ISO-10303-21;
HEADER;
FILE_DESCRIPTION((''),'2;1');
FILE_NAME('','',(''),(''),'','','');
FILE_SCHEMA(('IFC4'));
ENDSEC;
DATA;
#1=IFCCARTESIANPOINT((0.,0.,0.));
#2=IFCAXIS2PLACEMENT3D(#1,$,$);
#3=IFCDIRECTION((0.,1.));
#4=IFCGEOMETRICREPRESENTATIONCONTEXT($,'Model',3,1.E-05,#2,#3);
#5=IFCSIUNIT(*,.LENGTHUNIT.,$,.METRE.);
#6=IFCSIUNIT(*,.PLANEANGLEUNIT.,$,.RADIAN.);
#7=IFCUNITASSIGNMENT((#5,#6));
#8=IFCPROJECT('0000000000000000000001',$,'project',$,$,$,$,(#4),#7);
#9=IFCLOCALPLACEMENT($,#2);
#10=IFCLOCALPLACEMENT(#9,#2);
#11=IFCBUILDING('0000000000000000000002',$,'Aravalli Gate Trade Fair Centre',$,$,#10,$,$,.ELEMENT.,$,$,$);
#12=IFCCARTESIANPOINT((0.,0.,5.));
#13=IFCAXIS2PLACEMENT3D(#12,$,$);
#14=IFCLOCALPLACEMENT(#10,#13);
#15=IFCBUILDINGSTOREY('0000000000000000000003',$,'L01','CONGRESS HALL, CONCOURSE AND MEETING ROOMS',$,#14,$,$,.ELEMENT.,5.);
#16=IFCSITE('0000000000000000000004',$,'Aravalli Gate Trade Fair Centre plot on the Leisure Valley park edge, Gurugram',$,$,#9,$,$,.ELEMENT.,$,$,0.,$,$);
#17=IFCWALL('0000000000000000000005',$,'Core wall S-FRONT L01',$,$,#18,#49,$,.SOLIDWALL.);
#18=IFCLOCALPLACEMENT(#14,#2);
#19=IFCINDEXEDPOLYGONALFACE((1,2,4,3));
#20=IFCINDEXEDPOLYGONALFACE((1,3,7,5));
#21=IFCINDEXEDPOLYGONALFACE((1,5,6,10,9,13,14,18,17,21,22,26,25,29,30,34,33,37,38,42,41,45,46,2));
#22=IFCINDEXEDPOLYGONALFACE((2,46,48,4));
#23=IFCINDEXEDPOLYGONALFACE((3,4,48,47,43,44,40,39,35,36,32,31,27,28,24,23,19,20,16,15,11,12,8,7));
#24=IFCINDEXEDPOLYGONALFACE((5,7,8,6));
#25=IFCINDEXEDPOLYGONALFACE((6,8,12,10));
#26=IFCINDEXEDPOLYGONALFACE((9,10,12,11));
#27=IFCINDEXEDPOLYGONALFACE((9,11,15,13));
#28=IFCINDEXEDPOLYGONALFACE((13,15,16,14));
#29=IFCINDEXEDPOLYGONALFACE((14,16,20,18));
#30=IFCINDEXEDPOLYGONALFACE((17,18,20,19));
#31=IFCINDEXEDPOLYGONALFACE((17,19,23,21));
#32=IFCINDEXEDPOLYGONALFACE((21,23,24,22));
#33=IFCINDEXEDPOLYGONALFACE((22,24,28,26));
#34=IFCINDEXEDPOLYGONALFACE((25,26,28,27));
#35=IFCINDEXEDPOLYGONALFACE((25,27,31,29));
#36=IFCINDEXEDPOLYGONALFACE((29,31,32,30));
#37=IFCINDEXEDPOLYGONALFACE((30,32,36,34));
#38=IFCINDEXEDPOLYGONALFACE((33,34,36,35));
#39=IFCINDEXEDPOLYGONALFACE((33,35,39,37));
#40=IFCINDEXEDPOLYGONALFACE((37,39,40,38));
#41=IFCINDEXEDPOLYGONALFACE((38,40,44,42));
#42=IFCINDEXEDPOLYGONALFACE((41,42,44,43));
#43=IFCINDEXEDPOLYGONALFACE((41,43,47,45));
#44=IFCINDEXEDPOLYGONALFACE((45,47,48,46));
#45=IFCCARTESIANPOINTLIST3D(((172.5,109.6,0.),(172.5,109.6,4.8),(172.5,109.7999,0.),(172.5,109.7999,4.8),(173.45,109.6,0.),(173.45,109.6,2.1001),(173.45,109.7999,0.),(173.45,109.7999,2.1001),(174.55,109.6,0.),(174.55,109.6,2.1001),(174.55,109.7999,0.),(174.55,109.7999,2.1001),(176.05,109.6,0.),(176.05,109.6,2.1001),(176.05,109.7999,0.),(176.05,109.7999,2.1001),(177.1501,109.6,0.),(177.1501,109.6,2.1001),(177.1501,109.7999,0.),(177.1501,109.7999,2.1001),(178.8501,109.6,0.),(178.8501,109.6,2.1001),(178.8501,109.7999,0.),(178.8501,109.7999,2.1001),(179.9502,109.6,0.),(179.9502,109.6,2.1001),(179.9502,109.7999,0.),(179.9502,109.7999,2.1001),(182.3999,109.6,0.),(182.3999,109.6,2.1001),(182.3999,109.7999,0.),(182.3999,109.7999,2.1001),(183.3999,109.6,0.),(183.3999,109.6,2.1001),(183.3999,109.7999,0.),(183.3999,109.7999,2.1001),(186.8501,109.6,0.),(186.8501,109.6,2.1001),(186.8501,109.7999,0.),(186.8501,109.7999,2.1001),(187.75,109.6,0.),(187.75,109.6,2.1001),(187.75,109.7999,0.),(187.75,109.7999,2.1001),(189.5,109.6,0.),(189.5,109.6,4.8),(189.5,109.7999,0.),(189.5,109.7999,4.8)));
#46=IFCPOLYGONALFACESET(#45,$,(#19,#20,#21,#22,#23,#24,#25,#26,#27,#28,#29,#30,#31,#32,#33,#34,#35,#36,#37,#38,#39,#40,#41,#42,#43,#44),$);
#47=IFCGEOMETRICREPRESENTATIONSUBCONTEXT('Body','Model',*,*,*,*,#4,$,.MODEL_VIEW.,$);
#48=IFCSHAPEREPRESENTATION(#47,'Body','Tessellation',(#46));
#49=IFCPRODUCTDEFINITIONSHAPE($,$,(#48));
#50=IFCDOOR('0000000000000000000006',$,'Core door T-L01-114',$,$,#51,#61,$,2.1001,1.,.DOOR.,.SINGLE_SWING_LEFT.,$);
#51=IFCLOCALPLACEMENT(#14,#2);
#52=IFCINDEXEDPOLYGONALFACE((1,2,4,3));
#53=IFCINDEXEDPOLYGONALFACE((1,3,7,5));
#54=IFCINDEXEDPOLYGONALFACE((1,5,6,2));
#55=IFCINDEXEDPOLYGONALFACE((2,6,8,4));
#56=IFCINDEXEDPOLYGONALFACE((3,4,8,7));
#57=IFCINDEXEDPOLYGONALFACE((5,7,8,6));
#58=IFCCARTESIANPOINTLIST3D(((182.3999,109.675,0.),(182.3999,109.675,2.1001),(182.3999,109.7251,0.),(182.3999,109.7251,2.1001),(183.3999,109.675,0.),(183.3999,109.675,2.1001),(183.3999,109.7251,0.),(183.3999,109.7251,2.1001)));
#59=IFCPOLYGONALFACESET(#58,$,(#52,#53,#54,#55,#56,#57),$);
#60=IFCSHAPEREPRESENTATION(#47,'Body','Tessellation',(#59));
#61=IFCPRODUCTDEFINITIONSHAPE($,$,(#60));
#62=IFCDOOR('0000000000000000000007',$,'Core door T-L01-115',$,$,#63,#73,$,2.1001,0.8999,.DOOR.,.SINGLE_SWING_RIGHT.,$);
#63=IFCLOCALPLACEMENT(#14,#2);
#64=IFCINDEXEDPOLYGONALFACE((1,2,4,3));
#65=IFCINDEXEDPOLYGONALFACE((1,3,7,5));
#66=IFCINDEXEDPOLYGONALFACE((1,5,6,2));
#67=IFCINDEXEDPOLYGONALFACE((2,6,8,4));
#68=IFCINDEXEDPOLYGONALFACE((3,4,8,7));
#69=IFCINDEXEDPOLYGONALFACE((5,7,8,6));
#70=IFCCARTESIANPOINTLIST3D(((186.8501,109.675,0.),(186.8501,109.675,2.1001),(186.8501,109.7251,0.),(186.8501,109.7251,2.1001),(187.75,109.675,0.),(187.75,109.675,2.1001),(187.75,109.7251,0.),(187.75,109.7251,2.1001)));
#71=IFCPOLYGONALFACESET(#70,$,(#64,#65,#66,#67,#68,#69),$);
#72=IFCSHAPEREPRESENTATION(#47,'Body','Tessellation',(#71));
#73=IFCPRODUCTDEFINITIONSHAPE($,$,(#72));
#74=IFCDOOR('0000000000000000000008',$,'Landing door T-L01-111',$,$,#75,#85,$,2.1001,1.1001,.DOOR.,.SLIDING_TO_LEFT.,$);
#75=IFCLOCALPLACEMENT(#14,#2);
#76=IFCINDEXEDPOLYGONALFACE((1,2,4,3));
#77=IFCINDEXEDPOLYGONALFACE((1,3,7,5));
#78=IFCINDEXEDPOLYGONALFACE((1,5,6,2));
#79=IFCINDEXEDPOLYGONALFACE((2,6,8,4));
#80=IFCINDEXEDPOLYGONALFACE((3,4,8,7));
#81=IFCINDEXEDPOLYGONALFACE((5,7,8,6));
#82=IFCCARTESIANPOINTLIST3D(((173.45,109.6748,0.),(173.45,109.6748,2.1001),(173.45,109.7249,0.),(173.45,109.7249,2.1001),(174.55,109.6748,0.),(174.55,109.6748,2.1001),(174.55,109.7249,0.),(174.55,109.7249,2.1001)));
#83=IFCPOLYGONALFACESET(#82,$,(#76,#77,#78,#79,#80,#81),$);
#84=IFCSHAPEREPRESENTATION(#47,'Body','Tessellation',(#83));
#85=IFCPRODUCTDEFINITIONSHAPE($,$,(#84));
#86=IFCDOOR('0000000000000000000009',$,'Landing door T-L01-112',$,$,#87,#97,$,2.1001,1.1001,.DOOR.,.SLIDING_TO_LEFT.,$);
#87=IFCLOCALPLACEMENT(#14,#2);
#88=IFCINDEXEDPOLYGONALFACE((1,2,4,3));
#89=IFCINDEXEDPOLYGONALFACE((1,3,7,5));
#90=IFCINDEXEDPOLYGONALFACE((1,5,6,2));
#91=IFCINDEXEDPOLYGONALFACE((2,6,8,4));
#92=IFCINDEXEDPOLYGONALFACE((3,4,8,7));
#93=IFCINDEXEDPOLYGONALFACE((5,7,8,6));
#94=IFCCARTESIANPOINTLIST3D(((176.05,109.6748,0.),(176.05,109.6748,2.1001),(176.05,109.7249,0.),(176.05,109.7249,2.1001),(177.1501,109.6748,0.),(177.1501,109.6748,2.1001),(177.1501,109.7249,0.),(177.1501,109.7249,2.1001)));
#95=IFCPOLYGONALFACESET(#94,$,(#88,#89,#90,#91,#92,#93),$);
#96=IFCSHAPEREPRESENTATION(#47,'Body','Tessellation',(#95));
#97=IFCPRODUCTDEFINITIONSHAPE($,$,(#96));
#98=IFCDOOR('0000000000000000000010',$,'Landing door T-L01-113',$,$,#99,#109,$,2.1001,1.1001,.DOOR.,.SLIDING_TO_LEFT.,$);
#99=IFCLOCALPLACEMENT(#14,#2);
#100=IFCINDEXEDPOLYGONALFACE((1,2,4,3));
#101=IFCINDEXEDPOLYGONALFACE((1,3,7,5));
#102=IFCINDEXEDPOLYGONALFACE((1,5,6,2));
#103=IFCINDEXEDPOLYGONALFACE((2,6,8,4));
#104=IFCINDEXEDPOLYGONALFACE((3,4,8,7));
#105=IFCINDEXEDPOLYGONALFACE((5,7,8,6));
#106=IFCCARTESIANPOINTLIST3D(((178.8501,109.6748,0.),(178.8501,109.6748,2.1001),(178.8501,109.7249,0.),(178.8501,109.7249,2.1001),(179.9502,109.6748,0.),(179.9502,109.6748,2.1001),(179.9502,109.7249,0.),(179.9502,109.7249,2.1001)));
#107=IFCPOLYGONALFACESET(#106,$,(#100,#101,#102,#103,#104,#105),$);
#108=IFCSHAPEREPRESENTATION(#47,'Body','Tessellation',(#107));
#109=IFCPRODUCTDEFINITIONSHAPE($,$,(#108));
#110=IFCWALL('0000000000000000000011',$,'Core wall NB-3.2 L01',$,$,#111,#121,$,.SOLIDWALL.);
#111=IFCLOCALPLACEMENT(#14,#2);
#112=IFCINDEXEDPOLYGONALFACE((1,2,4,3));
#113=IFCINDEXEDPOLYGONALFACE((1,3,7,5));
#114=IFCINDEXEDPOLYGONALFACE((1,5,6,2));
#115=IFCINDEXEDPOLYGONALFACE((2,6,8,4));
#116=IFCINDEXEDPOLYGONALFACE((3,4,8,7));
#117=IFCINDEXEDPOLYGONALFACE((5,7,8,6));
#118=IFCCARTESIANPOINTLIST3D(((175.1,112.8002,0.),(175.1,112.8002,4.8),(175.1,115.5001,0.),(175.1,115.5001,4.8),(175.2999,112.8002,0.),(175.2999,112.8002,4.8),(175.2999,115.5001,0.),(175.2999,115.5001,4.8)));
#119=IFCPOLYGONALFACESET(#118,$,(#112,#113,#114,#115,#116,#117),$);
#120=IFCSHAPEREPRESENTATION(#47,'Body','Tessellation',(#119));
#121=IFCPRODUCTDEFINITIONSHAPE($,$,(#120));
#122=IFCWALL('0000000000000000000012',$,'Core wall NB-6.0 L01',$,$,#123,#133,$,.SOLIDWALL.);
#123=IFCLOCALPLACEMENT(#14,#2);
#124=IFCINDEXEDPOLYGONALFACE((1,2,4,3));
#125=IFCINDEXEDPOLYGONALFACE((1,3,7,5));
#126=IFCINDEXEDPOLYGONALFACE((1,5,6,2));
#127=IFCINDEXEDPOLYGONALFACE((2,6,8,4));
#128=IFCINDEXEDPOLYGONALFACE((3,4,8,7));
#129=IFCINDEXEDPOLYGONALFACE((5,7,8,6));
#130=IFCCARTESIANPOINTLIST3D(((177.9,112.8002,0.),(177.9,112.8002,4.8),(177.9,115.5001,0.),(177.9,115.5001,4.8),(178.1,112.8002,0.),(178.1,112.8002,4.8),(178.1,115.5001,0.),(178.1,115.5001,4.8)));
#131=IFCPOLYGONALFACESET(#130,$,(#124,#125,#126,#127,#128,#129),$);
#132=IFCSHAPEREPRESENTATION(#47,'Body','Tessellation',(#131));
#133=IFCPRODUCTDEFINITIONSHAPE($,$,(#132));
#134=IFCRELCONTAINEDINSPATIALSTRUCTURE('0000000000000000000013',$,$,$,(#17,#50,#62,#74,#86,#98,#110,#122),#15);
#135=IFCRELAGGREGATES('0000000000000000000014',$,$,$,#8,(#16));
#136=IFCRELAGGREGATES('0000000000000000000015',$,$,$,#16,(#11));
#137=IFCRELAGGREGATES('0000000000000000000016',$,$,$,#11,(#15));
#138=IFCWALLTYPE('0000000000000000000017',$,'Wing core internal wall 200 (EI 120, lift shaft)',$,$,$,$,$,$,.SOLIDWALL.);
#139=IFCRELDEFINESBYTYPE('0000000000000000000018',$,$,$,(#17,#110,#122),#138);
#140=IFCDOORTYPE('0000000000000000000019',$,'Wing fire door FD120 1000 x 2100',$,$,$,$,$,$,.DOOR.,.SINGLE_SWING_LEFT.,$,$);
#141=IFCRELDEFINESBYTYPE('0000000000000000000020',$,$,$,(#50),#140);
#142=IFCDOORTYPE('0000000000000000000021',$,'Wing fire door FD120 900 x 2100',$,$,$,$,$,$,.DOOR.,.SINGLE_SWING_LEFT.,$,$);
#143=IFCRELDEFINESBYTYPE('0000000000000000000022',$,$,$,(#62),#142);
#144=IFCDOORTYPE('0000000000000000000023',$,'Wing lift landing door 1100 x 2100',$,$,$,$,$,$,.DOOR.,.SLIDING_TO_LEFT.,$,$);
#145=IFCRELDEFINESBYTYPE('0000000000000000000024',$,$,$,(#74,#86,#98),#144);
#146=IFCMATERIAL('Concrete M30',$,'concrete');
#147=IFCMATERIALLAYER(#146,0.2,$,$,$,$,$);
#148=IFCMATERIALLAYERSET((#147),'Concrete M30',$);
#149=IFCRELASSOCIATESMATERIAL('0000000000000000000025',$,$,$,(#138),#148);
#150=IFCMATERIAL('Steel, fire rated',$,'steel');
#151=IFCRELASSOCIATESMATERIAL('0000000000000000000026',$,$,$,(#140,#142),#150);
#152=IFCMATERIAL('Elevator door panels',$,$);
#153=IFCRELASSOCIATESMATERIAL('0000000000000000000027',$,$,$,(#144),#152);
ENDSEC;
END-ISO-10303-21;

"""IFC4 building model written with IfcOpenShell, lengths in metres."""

from ifc_helpers import new_model, si_unit, direction, frame, frame_2d, origin, place, context, subcontext, project, spatial, rectangle, extrude, material, layer, layer_set, type_object, element, fill, save


model = new_model("IFC4")

# Units and contexts
model_context = context("Model", 3, precision=1e-05, world=origin(), true_north=direction((0.0, 1.0)))
body_context = subcontext(model_context, "Body", "Model", "MODEL_VIEW")
ifc_project = project(units=[si_unit("LENGTHUNIT", "METRE"), si_unit("PLANEANGLEUNIT", "RADIAN")], contexts=[model_context])

# Site, building, storey
site_placement = place(None, origin())
site = spatial("IfcSite", under=ifc_project, at=site_placement, Name="Aravalli Gate Trade Fair Centre plot on the Leisure Valley park edge, Gurugram", CompositionType="ELEMENT", RefElevation=0.0)
building_placement = place(site_placement, origin())
building = spatial("IfcBuilding", under=site, at=building_placement, Name="Aravalli Gate Trade Fair Centre", CompositionType="ELEMENT")
storey_placement = place(building_placement, frame((0.0, 0.0, 5.0)))
storey = spatial("IfcBuildingStorey", under=building, at=storey_placement, Name="L01", Description="CONGRESS HALL, CONCOURSE AND MEETING ROOMS", CompositionType="ELEMENT", Elevation=5.0)

# Shared definitions
ifc_material_1 = material(Name="Concrete M30", Category="concrete")

# Shared definitions
ifc_material_2 = material(Name="Steel, fire rated", Category="steel")

# Wall, openings, doors
ifc_layer_1 = layer(ifc_material_1, 0.2)
ifc_layer_set_1 = layer_set([ifc_layer_1], Name="Concrete M30")
wall_type_1 = type_object("IfcWallType", Name="Wing core internal wall 200 (EI 120, lift shaft)", PredefinedType="SOLIDWALL", material=ifc_layer_set_1)
wall_1_placement = place(storey_placement, frame((172.5, 109.7, 0.0), z_axis=(0.0, 0.0, 1.0), x_axis=(1.0, 0.0, 0.0)))
wall_1 = element("IfcWall", 1, at=wall_1_placement, inside=storey, type_object=wall_type_1, Name="Core wall S-FRONT L01", PredefinedType="SOLIDWALL", context=body_context, shape_type="SweptSolid", body=[
    extrude(rectangle(XDim=17.0, YDim=0.2, at=frame_2d((8.5, 0.0))), origin(), (0.0, 0.0, 1.0), 4.8),
])
opening_1_placement = place(wall_1_placement, frame((0.95, 0.0, 0.0)))
opening_1 = element("IfcOpeningElement", 2, at=opening_1_placement, cuts=wall_1, PredefinedType="OPENING", context=body_context, shape_type="SweptSolid", body=[
    extrude(rectangle(XDim=1.1001, YDim=2.1001, at=frame_2d((0.55, 1.05))), frame((0.0, 0.1099, 0.0), z_axis=(0.0, -1.0, 0.0), x_axis=(1.0, 0.0, 0.0)), (0.0, 0.0, 1.0), 0.22),
])
opening_2_placement = place(wall_1_placement, frame((3.55, 0.0, 0.0)))
opening_2 = element("IfcOpeningElement", 3, at=opening_2_placement, cuts=wall_1, PredefinedType="OPENING", context=body_context, shape_type="SweptSolid", body=[
    extrude(rectangle(XDim=1.1001, YDim=2.1001, at=frame_2d((0.55, 1.05))), frame((0.0, 0.1099, 0.0), z_axis=(0.0, -1.0, 0.0), x_axis=(1.0, 0.0, 0.0)), (0.0, 0.0, 1.0), 0.22),
])
opening_3_placement = place(wall_1_placement, frame((6.3501, 0.0, 0.0)))
opening_3 = element("IfcOpeningElement", 4, at=opening_3_placement, cuts=wall_1, PredefinedType="OPENING", context=body_context, shape_type="SweptSolid", body=[
    extrude(rectangle(XDim=1.1001, YDim=2.1001, at=frame_2d((0.55, 1.05))), frame((0.0, 0.1099, 0.0), z_axis=(0.0, -1.0, 0.0), x_axis=(1.0, 0.0, 0.0)), (0.0, 0.0, 1.0), 0.22),
])
opening_4_placement = place(wall_1_placement, frame((9.8999, 0.0, 0.0)))
opening_4 = element("IfcOpeningElement", 5, at=opening_4_placement, cuts=wall_1, PredefinedType="OPENING", context=body_context, shape_type="SweptSolid", body=[
    extrude(rectangle(XDim=1.0, YDim=2.1001, at=frame_2d((0.5, 1.05))), frame((0.0, 0.1099, 0.0), z_axis=(0.0, -1.0, 0.0), x_axis=(1.0, 0.0, 0.0)), (0.0, 0.0, 1.0), 0.22),
])
opening_5_placement = place(wall_1_placement, frame((14.3501, 0.0, 0.0)))
opening_5 = element("IfcOpeningElement", 6, at=opening_5_placement, cuts=wall_1, PredefinedType="OPENING", context=body_context, shape_type="SweptSolid", body=[
    extrude(rectangle(XDim=0.8999, YDim=2.1001, at=frame_2d((0.45, 1.05))), frame((0.0, 0.1099, 0.0), z_axis=(0.0, -1.0, 0.0), x_axis=(1.0, 0.0, 0.0)), (0.0, 0.0, 1.0), 0.22),
])
door_type_1 = type_object("IfcDoorType", Name="Wing fire door FD120 1000 x 2100", OperationType="SINGLE_SWING_LEFT", PredefinedType="DOOR", material=ifc_material_2)
door_1_placement = place(opening_4_placement, frame((1.0, 0.0, 0.0), z_axis=(0.0, 0.0, 1.0), x_axis=(-1.0, 0.0, 0.0)))
door_1 = element("IfcDoor", 7, at=door_1_placement, inside=storey, type_object=door_type_1, Name="Core door T-L01-114", OperationType="SINGLE_SWING_LEFT", OverallHeight=2.1001, OverallWidth=1.0, PredefinedType="DOOR", context=body_context, shape_type="SweptSolid", body=[
    extrude(rectangle(XDim=1.0, YDim=2.1001, at=frame_2d((0.5, 1.05))), frame((0.0, 0.0249, 0.0), z_axis=(0.0, -1.0, 0.0), x_axis=(1.0, 0.0, 0.0)), (0.0, 0.0, 1.0), 0.05),
])
fill(opening_4, door_1)
door_type_2 = type_object("IfcDoorType", Name="Wing fire door FD120 900 x 2100", OperationType="SINGLE_SWING_LEFT", PredefinedType="DOOR", material=ifc_material_2)
door_2_placement = place(opening_5_placement, frame((0.8999, 0.0, 0.0), z_axis=(0.0, 0.0, 1.0), x_axis=(-1.0, 0.0, 0.0)))
door_2 = element("IfcDoor", 8, at=door_2_placement, inside=storey, type_object=door_type_2, Name="Core door T-L01-115", OperationType="SINGLE_SWING_RIGHT", OverallHeight=2.1001, OverallWidth=0.8999, PredefinedType="DOOR", context=body_context, shape_type="SweptSolid", body=[
    extrude(rectangle(XDim=0.8999, YDim=2.1001, at=frame_2d((0.45, 1.05))), frame((0.0, 0.0249, 0.0), z_axis=(0.0, -1.0, 0.0), x_axis=(1.0, 0.0, 0.0)), (0.0, 0.0, 1.0), 0.05),
])
fill(opening_5, door_2)
ifc_material_3 = material(Name="Elevator door panels")
door_type_3 = type_object("IfcDoorType", Name="Wing lift landing door 1100 x 2100", OperationType="SLIDING_TO_LEFT", PredefinedType="DOOR", material=ifc_material_3)
door_3_placement = place(opening_1_placement, origin())
door_3 = element("IfcDoor", 9, at=door_3_placement, inside=storey, type_object=door_type_3, Name="Landing door T-L01-111", OperationType="SLIDING_TO_LEFT", OverallHeight=2.1001, OverallWidth=1.1001, PredefinedType="DOOR", context=body_context, shape_type="SweptSolid", body=[
    extrude(rectangle(XDim=1.1001, YDim=2.1001, at=frame_2d((0.55, 1.05))), frame((0.0, 0.0249, 0.0), z_axis=(0.0, -1.0, 0.0), x_axis=(1.0, 0.0, 0.0)), (0.0, 0.0, 1.0), 0.05),
])
fill(opening_1, door_3)
door_4_placement = place(opening_2_placement, origin())
door_4 = element("IfcDoor", 10, at=door_4_placement, inside=storey, type_object=door_type_3, Name="Landing door T-L01-112", OperationType="SLIDING_TO_LEFT", OverallHeight=2.1001, OverallWidth=1.1001, PredefinedType="DOOR", context=body_context, shape_type="SweptSolid", body=[
    extrude(rectangle(XDim=1.1001, YDim=2.1001, at=frame_2d((0.55, 1.05))), frame((0.0, 0.0249, 0.0), z_axis=(0.0, -1.0, 0.0), x_axis=(1.0, 0.0, 0.0)), (0.0, 0.0, 1.0), 0.05),
])
fill(opening_2, door_4)
door_5_placement = place(opening_3_placement, origin())
door_5 = element("IfcDoor", 11, at=door_5_placement, inside=storey, type_object=door_type_3, Name="Landing door T-L01-113", OperationType="SLIDING_TO_LEFT", OverallHeight=2.1001, OverallWidth=1.1001, PredefinedType="DOOR", context=body_context, shape_type="SweptSolid", body=[
    extrude(rectangle(XDim=1.1001, YDim=2.1001, at=frame_2d((0.55, 1.05))), frame((0.0, 0.0249, 0.0), z_axis=(0.0, -1.0, 0.0), x_axis=(1.0, 0.0, 0.0)), (0.0, 0.0, 1.0), 0.05),
])
fill(opening_3, door_5)

# Walls
for number, where, z_axis, x_axis, name in (
    (12, (175.2, 112.8, 0.0), (0.0, 0.0, 1.0), (0.0, 1.0, 0.0), "Core wall NB-3.2 L01"),
    (13, (178.0, 112.8, 0.0), (0.0, 0.0, 1.0), (0.0, 1.0, 0.0), "Core wall NB-6.0 L01"),
):
    element("IfcWall", number, at=place(storey_placement, frame(where, z_axis=z_axis, x_axis=x_axis)), inside=storey, type_object=wall_type_1, Name=name, PredefinedType="SOLIDWALL", context=body_context, shape_type="SweptSolid", body=[
        extrude(rectangle(XDim=2.7, YDim=0.2, at=frame_2d((1.3501, 0.0))), origin(), (0.0, 0.0, 1.0), 4.8),
    ])

save(model, "model.ifc")
